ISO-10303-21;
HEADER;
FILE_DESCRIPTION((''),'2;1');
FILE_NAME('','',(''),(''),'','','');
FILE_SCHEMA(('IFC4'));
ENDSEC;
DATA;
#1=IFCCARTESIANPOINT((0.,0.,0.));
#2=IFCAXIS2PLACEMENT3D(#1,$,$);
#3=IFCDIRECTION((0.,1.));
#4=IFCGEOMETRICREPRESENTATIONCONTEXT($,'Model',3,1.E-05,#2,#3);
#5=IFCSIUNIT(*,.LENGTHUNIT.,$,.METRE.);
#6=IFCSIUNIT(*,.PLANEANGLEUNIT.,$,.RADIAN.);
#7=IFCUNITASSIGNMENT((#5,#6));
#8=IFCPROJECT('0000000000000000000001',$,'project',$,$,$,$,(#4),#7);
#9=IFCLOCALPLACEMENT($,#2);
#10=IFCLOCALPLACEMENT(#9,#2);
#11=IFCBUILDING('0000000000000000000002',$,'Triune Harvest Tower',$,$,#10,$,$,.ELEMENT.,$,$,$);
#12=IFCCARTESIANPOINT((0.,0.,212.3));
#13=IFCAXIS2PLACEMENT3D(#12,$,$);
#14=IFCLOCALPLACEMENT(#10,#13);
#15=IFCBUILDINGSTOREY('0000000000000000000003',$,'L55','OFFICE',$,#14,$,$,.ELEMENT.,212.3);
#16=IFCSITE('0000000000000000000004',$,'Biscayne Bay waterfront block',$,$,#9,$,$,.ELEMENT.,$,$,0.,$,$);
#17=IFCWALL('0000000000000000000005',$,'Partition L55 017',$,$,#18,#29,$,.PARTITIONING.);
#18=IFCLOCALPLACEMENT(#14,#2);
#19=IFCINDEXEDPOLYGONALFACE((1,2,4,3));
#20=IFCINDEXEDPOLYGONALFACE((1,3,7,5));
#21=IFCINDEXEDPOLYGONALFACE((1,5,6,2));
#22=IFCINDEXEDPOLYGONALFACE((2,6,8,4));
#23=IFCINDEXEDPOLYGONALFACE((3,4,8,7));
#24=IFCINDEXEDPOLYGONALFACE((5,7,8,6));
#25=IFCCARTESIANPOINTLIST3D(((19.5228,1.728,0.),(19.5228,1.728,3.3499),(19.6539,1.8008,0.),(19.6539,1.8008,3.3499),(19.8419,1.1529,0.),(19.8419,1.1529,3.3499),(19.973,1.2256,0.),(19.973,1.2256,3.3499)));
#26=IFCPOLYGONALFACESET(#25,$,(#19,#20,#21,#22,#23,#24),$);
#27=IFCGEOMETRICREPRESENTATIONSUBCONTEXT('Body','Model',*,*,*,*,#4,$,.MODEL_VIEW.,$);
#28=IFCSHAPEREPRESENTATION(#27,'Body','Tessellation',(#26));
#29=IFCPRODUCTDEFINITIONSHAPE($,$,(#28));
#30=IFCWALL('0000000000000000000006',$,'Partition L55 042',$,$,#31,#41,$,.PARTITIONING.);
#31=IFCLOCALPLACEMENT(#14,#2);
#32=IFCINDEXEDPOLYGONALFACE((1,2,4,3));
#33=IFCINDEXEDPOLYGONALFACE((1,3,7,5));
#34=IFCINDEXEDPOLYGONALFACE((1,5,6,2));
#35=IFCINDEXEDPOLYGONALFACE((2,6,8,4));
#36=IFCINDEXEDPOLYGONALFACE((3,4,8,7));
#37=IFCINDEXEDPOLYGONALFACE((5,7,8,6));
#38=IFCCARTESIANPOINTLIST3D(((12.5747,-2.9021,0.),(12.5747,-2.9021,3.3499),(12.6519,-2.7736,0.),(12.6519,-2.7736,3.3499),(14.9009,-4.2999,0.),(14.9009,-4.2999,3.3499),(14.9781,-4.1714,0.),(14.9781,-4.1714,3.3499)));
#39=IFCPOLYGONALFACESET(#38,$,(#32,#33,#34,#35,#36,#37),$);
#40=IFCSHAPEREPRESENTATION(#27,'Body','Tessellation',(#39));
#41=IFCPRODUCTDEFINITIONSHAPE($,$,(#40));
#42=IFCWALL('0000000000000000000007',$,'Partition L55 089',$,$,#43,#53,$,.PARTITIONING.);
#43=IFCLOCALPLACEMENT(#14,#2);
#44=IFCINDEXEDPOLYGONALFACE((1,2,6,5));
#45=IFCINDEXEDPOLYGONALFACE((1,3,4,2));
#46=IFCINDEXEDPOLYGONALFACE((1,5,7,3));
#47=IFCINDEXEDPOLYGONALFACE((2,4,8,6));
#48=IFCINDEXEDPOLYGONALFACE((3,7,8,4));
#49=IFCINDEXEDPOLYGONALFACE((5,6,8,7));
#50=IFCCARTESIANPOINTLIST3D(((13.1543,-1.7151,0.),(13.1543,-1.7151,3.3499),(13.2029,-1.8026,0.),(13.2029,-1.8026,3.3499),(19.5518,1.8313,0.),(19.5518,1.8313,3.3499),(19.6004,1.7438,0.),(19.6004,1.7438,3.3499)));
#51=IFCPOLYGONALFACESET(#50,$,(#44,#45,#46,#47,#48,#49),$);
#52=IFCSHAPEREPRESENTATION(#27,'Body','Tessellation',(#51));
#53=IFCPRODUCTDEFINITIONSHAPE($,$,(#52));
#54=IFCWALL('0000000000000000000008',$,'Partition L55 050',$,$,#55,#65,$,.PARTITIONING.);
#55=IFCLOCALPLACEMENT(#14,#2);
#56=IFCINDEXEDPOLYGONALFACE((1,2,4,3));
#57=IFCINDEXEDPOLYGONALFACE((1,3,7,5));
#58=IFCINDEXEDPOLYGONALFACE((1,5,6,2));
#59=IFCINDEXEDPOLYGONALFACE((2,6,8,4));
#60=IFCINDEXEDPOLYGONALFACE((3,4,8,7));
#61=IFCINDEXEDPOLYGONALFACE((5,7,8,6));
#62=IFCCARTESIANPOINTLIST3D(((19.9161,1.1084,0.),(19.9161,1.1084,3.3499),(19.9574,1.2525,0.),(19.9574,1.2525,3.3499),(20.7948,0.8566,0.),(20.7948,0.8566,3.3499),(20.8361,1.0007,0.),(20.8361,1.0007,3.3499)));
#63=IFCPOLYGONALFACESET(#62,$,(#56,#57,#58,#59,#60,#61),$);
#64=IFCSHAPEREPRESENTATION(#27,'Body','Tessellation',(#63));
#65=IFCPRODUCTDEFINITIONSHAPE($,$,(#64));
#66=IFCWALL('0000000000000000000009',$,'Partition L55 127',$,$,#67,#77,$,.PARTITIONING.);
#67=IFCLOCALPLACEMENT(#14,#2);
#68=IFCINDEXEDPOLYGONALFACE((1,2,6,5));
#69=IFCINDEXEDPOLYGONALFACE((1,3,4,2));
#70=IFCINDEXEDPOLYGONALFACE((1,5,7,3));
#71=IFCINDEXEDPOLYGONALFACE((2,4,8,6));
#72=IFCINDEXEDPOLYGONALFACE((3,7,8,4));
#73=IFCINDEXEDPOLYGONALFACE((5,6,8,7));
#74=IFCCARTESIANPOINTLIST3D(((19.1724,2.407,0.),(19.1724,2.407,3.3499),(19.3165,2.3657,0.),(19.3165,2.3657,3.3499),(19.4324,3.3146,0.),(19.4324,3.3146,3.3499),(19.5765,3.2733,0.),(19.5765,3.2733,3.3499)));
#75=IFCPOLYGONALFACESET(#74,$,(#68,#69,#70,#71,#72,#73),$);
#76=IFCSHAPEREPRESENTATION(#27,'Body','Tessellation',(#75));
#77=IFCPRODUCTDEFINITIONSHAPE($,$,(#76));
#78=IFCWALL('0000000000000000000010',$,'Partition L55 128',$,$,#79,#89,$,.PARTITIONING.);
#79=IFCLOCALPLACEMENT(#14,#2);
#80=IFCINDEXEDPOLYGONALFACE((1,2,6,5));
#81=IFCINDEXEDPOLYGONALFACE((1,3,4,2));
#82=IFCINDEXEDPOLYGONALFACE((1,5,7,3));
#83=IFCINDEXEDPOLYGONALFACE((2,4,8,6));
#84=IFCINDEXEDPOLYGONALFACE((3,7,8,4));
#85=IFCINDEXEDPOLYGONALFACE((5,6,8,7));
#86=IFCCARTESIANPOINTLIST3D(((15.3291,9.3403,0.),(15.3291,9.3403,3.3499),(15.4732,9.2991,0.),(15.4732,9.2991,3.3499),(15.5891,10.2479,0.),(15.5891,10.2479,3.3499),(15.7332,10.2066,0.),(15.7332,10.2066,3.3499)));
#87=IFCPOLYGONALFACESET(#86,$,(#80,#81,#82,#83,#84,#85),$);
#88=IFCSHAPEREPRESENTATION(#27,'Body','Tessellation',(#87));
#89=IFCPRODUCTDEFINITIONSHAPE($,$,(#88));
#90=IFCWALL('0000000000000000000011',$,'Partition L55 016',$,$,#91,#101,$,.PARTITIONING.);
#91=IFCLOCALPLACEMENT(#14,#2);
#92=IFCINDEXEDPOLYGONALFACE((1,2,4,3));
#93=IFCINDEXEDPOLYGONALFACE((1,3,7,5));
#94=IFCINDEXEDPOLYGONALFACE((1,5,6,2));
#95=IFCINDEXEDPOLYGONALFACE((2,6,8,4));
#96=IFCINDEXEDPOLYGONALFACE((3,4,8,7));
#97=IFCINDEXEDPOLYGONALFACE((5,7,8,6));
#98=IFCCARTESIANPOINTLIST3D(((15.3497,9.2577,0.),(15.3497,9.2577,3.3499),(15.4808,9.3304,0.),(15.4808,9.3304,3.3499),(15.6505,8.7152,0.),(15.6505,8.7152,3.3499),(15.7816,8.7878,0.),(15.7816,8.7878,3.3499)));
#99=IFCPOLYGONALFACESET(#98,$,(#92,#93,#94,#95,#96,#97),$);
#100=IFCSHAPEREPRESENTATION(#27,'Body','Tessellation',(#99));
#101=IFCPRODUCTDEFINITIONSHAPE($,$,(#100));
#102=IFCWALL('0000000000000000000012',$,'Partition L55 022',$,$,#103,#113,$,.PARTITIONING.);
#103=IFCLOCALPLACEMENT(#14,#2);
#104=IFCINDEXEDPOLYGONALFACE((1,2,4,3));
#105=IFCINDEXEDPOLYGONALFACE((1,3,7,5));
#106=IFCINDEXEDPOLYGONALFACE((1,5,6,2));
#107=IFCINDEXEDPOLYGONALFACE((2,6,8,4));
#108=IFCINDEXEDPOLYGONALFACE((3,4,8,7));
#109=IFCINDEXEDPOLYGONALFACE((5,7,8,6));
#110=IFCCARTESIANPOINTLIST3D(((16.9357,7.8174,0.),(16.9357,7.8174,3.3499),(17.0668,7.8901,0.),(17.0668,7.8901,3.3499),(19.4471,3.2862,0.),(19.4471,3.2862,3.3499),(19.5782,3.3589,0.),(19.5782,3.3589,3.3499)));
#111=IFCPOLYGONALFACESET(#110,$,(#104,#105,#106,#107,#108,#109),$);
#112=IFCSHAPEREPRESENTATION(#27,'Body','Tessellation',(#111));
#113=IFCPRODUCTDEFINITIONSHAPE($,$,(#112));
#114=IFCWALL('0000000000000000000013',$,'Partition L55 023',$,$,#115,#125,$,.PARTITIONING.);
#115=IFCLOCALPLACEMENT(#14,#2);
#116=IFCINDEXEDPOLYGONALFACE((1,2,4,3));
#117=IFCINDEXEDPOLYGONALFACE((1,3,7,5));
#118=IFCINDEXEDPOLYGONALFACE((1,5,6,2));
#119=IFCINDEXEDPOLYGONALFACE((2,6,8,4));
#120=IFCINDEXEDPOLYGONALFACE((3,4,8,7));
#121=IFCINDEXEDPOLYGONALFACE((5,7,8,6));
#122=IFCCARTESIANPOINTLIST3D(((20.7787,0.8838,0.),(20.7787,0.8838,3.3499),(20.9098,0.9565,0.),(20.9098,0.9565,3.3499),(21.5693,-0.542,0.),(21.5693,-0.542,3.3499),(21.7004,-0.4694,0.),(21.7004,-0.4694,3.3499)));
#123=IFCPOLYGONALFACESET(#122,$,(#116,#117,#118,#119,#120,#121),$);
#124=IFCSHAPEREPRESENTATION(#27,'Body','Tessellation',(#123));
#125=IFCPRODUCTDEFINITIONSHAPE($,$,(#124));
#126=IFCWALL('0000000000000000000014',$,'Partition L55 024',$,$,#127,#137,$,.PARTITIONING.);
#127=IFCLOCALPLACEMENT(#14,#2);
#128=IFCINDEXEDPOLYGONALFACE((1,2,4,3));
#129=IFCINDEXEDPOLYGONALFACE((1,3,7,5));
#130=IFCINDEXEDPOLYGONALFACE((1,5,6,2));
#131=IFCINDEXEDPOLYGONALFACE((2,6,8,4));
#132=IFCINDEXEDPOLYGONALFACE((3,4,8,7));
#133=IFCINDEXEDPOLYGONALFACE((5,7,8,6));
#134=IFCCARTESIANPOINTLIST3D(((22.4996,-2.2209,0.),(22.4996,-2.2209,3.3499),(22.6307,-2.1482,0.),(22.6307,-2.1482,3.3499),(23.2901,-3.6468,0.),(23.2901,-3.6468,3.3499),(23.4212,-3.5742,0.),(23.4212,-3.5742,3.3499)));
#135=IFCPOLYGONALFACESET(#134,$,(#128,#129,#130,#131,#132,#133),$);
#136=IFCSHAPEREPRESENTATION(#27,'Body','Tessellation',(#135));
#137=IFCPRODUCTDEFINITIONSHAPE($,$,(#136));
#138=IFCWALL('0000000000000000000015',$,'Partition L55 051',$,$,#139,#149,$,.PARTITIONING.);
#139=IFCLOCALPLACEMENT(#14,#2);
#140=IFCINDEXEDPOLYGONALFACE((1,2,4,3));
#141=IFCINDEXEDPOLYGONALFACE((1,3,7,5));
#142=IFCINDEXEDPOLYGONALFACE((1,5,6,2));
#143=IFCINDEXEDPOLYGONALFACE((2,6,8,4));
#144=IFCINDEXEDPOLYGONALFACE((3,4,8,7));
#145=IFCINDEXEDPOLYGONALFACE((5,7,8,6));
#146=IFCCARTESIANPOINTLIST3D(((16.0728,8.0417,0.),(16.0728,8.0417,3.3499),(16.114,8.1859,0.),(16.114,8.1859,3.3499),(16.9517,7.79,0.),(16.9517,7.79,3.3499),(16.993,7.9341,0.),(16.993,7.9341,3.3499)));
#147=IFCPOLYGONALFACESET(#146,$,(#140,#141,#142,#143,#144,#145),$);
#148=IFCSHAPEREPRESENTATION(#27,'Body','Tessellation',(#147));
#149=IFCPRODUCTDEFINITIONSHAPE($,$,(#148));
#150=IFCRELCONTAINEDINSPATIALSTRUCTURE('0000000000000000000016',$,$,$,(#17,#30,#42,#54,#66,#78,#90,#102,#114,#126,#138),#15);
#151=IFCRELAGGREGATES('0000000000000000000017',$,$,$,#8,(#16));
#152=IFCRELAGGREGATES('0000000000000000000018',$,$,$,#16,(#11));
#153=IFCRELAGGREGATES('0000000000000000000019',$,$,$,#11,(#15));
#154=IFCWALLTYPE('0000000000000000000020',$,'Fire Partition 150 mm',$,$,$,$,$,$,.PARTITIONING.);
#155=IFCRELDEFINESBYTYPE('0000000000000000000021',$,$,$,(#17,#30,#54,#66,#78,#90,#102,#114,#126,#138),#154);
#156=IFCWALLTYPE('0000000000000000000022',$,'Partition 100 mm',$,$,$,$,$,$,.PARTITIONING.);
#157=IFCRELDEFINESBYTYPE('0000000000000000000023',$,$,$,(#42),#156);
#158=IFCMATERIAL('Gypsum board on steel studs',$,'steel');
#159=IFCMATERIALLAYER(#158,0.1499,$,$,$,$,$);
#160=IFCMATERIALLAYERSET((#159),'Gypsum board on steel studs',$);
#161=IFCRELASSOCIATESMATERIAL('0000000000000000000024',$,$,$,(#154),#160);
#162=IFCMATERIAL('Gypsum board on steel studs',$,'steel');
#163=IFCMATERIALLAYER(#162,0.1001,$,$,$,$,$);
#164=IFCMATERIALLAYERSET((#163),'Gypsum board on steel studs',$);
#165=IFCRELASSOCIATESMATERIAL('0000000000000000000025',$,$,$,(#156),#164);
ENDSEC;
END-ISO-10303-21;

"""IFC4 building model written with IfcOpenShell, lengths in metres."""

from ifc_helpers import new_model, si_unit, direction, frame, frame_2d, origin, place, context, subcontext, project, spatial, rectangle, extrude, source, transform, mapped, material, layer, layer_set, type_object, element, save


model = new_model("IFC4")

# Units and contexts
model_context = context("Model", 3, precision=1e-05, world=origin(), true_north=direction((0.0, 1.0)))
body_context = subcontext(model_context, "Body", "Model", "MODEL_VIEW")
ifc_project = project(units=[si_unit("LENGTHUNIT", "METRE"), si_unit("PLANEANGLEUNIT", "RADIAN")], contexts=[model_context])

# Site, building, storey
site_placement = place(None, origin())
site = spatial("IfcSite", under=ifc_project, at=site_placement, Name="Biscayne Bay waterfront block", CompositionType="ELEMENT", RefElevation=0.0)
building_placement = place(site_placement, origin())
building = spatial("IfcBuilding", under=site, at=building_placement, Name="Triune Harvest Tower", CompositionType="ELEMENT")
storey_placement = place(building_placement, frame((0.0, 0.0, 212.3)))
storey = spatial("IfcBuildingStorey", under=building, at=storey_placement, Name="L55", Description="OFFICE", CompositionType="ELEMENT", Elevation=212.3)

# Walls
ifc_material_1 = material(Name="Gypsum board on steel studs", Category="steel")
ifc_layer_1 = layer(ifc_material_1, 0.1499)
ifc_layer_set_1 = layer_set([ifc_layer_1], Name="Gypsum board on steel studs")
wall_type_1 = type_object("IfcWallType", Name="Fire Partition 150 mm", PredefinedType="PARTITIONING", material=ifc_layer_set_1)
wall_1_placement = place(storey_placement, frame((19.5884, 1.7644, 0.0), z_axis=(0.0, 0.0, 1.0), x_axis=(0.485107, -0.874455, 0.0)))
element("IfcWall", 1, at=wall_1_placement, inside=storey, type_object=wall_type_1, Name="Partition L55 017", PredefinedType="PARTITIONING", context=body_context, shape_type="SweptSolid", body=[
    extrude(rectangle(XDim=0.6577, YDim=0.1499, at=frame_2d((0.3289, 0.0))), origin(), (0.0, 0.0, 1.0), 3.3499),
])
wall_2_placement = place(storey_placement, frame((12.6133, -2.8379, 0.0), z_axis=(0.0, 0.0, 1.0), x_axis=(0.857167, -0.515038, 0.0)))
element("IfcWall", 2, at=wall_2_placement, inside=storey, type_object=wall_type_1, Name="Partition L55 042", PredefinedType="PARTITIONING", context=body_context, shape_type="SweptSolid", body=[
    extrude(rectangle(XDim=2.7139, YDim=0.1499, at=frame_2d((1.3569, 0.0))), origin(), (0.0, 0.0, 1.0), 3.3499),
])
ifc_material_2 = material(Name="Gypsum board on steel studs", Category="steel")
ifc_layer_2 = layer(ifc_material_2, 0.1001)
ifc_layer_set_2 = layer_set([ifc_layer_2], Name="Gypsum board on steel studs")
wall_type_2 = type_object("IfcWallType", Name="Partition 100 mm", PredefinedType="PARTITIONING", material=ifc_layer_set_2)
wall_3_placement = place(storey_placement, frame((13.1787, -1.7588, 0.0), z_axis=(0.0, 0.0, 1.0), x_axis=(0.874607, 0.484832, 0.0)))
element("IfcWall", 3, at=wall_3_placement, inside=storey, type_object=wall_type_2, Name="Partition L55 089", PredefinedType="PARTITIONING", context=body_context, shape_type="SweptSolid", body=[
    extrude(rectangle(XDim=7.3147, YDim=0.1001, at=frame_2d((3.6572, 0.0))), origin(), (0.0, 0.0, 1.0), 3.3499),
])
shared_shape_1 = source(origin(), body_context, "Body", "SweptSolid", [
    extrude(rectangle(XDim=0.9141, YDim=0.1499, at=frame_2d((0.457, 0.0))), origin(), (0.0, 0.0, 1.0), 3.3499),
])
wall_4_placement = place(storey_placement, frame((19.9368, 1.1804, 0.0), z_axis=(0.0, 0.0, 1.0), x_axis=(0.961332, -0.275391, 0.0)))
element("IfcWall", 4, at=wall_4_placement, inside=storey, type_object=wall_type_1, Name="Partition L55 050", PredefinedType="PARTITIONING", context=body_context, shape_type="MappedRepresentation", body=[
    mapped(shared_shape_1, transform((0.0, 0.0, 0.0), scale=1.0)),
])
shared_shape_2 = source(origin(), body_context, "Body", "SweptSolid", [
    extrude(rectangle(XDim=0.9441, YDim=0.1499, at=frame_2d((0.4722, 0.0))), origin(), (0.0, 0.0, 1.0), 3.3499),
])
for number, where, z_axis, x_axis, name in (
    (5, (19.2444, 2.3862, 0.0), (0.0, 0.0, 1.0), (0.275438, 0.961319, 0.0), "Partition L55 127"),
    (6, (15.4011, 9.3196, 0.0), (0.0, 0.0, 1.0), (0.275438, 0.961319, 0.0), "Partition L55 128"),
):
    element("IfcWall", number, at=place(storey_placement, frame(where, z_axis=z_axis, x_axis=x_axis)), inside=storey, type_object=wall_type_1, Name=name, PredefinedType="PARTITIONING", context=body_context, shape_type="MappedRepresentation", body=[
        mapped(shared_shape_2, transform((0.0, 0.0, 0.0), scale=1.0)),
    ])
shared_shape_3 = source(origin(), body_context, "Body", "SweptSolid", [
    extrude(rectangle(XDim=0.6204, YDim=0.1499, at=frame_2d((0.3101, 0.0))), origin(), (0.0, 0.0, 1.0), 3.3499),
])
wall_5_placement = place(storey_placement, frame((15.4153, 9.2939, 0.0), z_axis=(0.0, 0.0, 1.0), x_axis=(0.484908, -0.874565, 0.0)))
element("IfcWall", 7, at=wall_5_placement, inside=storey, type_object=wall_type_1, Name="Partition L55 016", PredefinedType="PARTITIONING", context=body_context, shape_type="MappedRepresentation", body=[
    mapped(shared_shape_3, transform((0.0, 0.0, 0.0), scale=1.0)),
])
shared_shape_4 = source(origin(), body_context, "Body", "SweptSolid", [
    extrude(rectangle(XDim=5.1807, YDim=0.1499, at=frame_2d((2.5903, 0.0))), origin(), (0.0, 0.0, 1.0), 3.3499),
])
wall_6_placement = place(storey_placement, frame((17.0012, 7.8538, 0.0), z_axis=(0.0, 0.0, 1.0), x_axis=(0.484774, -0.874639, 0.0)))
element("IfcWall", 8, at=wall_6_placement, inside=storey, type_object=wall_type_1, Name="Partition L55 022", PredefinedType="PARTITIONING", context=body_context, shape_type="MappedRepresentation", body=[
    mapped(shared_shape_4, transform((0.0, 0.0, 0.0), scale=1.0)),
])
shared_shape_5 = source(origin(), body_context, "Body", "SweptSolid", [
    extrude(rectangle(XDim=1.6304, YDim=0.1499, at=frame_2d((0.8152, 0.0))), origin(), (0.0, 0.0, 1.0), 3.3499),
])
for number, where, z_axis, x_axis, name in (
    (9, (20.8442, 0.9202, 0.0), (0.0, 0.0, 1.0), (0.484905, -0.874567, 0.0), "Partition L55 023"),
    (10, (22.5652, -2.1846, 0.0), (0.0, 0.0, 1.0), (0.484842, -0.874602, 0.0), "Partition L55 024"),
):
    element("IfcWall", number, at=place(storey_placement, frame(where, z_axis=z_axis, x_axis=x_axis)), inside=storey, type_object=wall_type_1, Name=name, PredefinedType="PARTITIONING", context=body_context, shape_type="MappedRepresentation", body=[
        mapped(shared_shape_5, transform((0.0, 0.0, 0.0), scale=1.0)),
    ])
shared_shape_6 = source(origin(), body_context, "Body", "SweptSolid", [
    extrude(rectangle(XDim=0.9143, YDim=0.1499, at=frame_2d((0.457, 0.0))), origin(), (0.0, 0.0, 1.0), 3.3499),
])
wall_7_placement = place(storey_placement, frame((16.0935, 8.1138, 0.0), z_axis=(0.0, 0.0, 1.0), x_axis=(0.961352, -0.275321, 0.0)))
element("IfcWall", 11, at=wall_7_placement, inside=storey, type_object=wall_type_1, Name="Partition L55 051", PredefinedType="PARTITIONING", context=body_context, shape_type="MappedRepresentation", body=[
    mapped(shared_shape_6, transform((0.0, 0.0, 0.0), scale=1.0)),
])

save(model, "model.ifc")
